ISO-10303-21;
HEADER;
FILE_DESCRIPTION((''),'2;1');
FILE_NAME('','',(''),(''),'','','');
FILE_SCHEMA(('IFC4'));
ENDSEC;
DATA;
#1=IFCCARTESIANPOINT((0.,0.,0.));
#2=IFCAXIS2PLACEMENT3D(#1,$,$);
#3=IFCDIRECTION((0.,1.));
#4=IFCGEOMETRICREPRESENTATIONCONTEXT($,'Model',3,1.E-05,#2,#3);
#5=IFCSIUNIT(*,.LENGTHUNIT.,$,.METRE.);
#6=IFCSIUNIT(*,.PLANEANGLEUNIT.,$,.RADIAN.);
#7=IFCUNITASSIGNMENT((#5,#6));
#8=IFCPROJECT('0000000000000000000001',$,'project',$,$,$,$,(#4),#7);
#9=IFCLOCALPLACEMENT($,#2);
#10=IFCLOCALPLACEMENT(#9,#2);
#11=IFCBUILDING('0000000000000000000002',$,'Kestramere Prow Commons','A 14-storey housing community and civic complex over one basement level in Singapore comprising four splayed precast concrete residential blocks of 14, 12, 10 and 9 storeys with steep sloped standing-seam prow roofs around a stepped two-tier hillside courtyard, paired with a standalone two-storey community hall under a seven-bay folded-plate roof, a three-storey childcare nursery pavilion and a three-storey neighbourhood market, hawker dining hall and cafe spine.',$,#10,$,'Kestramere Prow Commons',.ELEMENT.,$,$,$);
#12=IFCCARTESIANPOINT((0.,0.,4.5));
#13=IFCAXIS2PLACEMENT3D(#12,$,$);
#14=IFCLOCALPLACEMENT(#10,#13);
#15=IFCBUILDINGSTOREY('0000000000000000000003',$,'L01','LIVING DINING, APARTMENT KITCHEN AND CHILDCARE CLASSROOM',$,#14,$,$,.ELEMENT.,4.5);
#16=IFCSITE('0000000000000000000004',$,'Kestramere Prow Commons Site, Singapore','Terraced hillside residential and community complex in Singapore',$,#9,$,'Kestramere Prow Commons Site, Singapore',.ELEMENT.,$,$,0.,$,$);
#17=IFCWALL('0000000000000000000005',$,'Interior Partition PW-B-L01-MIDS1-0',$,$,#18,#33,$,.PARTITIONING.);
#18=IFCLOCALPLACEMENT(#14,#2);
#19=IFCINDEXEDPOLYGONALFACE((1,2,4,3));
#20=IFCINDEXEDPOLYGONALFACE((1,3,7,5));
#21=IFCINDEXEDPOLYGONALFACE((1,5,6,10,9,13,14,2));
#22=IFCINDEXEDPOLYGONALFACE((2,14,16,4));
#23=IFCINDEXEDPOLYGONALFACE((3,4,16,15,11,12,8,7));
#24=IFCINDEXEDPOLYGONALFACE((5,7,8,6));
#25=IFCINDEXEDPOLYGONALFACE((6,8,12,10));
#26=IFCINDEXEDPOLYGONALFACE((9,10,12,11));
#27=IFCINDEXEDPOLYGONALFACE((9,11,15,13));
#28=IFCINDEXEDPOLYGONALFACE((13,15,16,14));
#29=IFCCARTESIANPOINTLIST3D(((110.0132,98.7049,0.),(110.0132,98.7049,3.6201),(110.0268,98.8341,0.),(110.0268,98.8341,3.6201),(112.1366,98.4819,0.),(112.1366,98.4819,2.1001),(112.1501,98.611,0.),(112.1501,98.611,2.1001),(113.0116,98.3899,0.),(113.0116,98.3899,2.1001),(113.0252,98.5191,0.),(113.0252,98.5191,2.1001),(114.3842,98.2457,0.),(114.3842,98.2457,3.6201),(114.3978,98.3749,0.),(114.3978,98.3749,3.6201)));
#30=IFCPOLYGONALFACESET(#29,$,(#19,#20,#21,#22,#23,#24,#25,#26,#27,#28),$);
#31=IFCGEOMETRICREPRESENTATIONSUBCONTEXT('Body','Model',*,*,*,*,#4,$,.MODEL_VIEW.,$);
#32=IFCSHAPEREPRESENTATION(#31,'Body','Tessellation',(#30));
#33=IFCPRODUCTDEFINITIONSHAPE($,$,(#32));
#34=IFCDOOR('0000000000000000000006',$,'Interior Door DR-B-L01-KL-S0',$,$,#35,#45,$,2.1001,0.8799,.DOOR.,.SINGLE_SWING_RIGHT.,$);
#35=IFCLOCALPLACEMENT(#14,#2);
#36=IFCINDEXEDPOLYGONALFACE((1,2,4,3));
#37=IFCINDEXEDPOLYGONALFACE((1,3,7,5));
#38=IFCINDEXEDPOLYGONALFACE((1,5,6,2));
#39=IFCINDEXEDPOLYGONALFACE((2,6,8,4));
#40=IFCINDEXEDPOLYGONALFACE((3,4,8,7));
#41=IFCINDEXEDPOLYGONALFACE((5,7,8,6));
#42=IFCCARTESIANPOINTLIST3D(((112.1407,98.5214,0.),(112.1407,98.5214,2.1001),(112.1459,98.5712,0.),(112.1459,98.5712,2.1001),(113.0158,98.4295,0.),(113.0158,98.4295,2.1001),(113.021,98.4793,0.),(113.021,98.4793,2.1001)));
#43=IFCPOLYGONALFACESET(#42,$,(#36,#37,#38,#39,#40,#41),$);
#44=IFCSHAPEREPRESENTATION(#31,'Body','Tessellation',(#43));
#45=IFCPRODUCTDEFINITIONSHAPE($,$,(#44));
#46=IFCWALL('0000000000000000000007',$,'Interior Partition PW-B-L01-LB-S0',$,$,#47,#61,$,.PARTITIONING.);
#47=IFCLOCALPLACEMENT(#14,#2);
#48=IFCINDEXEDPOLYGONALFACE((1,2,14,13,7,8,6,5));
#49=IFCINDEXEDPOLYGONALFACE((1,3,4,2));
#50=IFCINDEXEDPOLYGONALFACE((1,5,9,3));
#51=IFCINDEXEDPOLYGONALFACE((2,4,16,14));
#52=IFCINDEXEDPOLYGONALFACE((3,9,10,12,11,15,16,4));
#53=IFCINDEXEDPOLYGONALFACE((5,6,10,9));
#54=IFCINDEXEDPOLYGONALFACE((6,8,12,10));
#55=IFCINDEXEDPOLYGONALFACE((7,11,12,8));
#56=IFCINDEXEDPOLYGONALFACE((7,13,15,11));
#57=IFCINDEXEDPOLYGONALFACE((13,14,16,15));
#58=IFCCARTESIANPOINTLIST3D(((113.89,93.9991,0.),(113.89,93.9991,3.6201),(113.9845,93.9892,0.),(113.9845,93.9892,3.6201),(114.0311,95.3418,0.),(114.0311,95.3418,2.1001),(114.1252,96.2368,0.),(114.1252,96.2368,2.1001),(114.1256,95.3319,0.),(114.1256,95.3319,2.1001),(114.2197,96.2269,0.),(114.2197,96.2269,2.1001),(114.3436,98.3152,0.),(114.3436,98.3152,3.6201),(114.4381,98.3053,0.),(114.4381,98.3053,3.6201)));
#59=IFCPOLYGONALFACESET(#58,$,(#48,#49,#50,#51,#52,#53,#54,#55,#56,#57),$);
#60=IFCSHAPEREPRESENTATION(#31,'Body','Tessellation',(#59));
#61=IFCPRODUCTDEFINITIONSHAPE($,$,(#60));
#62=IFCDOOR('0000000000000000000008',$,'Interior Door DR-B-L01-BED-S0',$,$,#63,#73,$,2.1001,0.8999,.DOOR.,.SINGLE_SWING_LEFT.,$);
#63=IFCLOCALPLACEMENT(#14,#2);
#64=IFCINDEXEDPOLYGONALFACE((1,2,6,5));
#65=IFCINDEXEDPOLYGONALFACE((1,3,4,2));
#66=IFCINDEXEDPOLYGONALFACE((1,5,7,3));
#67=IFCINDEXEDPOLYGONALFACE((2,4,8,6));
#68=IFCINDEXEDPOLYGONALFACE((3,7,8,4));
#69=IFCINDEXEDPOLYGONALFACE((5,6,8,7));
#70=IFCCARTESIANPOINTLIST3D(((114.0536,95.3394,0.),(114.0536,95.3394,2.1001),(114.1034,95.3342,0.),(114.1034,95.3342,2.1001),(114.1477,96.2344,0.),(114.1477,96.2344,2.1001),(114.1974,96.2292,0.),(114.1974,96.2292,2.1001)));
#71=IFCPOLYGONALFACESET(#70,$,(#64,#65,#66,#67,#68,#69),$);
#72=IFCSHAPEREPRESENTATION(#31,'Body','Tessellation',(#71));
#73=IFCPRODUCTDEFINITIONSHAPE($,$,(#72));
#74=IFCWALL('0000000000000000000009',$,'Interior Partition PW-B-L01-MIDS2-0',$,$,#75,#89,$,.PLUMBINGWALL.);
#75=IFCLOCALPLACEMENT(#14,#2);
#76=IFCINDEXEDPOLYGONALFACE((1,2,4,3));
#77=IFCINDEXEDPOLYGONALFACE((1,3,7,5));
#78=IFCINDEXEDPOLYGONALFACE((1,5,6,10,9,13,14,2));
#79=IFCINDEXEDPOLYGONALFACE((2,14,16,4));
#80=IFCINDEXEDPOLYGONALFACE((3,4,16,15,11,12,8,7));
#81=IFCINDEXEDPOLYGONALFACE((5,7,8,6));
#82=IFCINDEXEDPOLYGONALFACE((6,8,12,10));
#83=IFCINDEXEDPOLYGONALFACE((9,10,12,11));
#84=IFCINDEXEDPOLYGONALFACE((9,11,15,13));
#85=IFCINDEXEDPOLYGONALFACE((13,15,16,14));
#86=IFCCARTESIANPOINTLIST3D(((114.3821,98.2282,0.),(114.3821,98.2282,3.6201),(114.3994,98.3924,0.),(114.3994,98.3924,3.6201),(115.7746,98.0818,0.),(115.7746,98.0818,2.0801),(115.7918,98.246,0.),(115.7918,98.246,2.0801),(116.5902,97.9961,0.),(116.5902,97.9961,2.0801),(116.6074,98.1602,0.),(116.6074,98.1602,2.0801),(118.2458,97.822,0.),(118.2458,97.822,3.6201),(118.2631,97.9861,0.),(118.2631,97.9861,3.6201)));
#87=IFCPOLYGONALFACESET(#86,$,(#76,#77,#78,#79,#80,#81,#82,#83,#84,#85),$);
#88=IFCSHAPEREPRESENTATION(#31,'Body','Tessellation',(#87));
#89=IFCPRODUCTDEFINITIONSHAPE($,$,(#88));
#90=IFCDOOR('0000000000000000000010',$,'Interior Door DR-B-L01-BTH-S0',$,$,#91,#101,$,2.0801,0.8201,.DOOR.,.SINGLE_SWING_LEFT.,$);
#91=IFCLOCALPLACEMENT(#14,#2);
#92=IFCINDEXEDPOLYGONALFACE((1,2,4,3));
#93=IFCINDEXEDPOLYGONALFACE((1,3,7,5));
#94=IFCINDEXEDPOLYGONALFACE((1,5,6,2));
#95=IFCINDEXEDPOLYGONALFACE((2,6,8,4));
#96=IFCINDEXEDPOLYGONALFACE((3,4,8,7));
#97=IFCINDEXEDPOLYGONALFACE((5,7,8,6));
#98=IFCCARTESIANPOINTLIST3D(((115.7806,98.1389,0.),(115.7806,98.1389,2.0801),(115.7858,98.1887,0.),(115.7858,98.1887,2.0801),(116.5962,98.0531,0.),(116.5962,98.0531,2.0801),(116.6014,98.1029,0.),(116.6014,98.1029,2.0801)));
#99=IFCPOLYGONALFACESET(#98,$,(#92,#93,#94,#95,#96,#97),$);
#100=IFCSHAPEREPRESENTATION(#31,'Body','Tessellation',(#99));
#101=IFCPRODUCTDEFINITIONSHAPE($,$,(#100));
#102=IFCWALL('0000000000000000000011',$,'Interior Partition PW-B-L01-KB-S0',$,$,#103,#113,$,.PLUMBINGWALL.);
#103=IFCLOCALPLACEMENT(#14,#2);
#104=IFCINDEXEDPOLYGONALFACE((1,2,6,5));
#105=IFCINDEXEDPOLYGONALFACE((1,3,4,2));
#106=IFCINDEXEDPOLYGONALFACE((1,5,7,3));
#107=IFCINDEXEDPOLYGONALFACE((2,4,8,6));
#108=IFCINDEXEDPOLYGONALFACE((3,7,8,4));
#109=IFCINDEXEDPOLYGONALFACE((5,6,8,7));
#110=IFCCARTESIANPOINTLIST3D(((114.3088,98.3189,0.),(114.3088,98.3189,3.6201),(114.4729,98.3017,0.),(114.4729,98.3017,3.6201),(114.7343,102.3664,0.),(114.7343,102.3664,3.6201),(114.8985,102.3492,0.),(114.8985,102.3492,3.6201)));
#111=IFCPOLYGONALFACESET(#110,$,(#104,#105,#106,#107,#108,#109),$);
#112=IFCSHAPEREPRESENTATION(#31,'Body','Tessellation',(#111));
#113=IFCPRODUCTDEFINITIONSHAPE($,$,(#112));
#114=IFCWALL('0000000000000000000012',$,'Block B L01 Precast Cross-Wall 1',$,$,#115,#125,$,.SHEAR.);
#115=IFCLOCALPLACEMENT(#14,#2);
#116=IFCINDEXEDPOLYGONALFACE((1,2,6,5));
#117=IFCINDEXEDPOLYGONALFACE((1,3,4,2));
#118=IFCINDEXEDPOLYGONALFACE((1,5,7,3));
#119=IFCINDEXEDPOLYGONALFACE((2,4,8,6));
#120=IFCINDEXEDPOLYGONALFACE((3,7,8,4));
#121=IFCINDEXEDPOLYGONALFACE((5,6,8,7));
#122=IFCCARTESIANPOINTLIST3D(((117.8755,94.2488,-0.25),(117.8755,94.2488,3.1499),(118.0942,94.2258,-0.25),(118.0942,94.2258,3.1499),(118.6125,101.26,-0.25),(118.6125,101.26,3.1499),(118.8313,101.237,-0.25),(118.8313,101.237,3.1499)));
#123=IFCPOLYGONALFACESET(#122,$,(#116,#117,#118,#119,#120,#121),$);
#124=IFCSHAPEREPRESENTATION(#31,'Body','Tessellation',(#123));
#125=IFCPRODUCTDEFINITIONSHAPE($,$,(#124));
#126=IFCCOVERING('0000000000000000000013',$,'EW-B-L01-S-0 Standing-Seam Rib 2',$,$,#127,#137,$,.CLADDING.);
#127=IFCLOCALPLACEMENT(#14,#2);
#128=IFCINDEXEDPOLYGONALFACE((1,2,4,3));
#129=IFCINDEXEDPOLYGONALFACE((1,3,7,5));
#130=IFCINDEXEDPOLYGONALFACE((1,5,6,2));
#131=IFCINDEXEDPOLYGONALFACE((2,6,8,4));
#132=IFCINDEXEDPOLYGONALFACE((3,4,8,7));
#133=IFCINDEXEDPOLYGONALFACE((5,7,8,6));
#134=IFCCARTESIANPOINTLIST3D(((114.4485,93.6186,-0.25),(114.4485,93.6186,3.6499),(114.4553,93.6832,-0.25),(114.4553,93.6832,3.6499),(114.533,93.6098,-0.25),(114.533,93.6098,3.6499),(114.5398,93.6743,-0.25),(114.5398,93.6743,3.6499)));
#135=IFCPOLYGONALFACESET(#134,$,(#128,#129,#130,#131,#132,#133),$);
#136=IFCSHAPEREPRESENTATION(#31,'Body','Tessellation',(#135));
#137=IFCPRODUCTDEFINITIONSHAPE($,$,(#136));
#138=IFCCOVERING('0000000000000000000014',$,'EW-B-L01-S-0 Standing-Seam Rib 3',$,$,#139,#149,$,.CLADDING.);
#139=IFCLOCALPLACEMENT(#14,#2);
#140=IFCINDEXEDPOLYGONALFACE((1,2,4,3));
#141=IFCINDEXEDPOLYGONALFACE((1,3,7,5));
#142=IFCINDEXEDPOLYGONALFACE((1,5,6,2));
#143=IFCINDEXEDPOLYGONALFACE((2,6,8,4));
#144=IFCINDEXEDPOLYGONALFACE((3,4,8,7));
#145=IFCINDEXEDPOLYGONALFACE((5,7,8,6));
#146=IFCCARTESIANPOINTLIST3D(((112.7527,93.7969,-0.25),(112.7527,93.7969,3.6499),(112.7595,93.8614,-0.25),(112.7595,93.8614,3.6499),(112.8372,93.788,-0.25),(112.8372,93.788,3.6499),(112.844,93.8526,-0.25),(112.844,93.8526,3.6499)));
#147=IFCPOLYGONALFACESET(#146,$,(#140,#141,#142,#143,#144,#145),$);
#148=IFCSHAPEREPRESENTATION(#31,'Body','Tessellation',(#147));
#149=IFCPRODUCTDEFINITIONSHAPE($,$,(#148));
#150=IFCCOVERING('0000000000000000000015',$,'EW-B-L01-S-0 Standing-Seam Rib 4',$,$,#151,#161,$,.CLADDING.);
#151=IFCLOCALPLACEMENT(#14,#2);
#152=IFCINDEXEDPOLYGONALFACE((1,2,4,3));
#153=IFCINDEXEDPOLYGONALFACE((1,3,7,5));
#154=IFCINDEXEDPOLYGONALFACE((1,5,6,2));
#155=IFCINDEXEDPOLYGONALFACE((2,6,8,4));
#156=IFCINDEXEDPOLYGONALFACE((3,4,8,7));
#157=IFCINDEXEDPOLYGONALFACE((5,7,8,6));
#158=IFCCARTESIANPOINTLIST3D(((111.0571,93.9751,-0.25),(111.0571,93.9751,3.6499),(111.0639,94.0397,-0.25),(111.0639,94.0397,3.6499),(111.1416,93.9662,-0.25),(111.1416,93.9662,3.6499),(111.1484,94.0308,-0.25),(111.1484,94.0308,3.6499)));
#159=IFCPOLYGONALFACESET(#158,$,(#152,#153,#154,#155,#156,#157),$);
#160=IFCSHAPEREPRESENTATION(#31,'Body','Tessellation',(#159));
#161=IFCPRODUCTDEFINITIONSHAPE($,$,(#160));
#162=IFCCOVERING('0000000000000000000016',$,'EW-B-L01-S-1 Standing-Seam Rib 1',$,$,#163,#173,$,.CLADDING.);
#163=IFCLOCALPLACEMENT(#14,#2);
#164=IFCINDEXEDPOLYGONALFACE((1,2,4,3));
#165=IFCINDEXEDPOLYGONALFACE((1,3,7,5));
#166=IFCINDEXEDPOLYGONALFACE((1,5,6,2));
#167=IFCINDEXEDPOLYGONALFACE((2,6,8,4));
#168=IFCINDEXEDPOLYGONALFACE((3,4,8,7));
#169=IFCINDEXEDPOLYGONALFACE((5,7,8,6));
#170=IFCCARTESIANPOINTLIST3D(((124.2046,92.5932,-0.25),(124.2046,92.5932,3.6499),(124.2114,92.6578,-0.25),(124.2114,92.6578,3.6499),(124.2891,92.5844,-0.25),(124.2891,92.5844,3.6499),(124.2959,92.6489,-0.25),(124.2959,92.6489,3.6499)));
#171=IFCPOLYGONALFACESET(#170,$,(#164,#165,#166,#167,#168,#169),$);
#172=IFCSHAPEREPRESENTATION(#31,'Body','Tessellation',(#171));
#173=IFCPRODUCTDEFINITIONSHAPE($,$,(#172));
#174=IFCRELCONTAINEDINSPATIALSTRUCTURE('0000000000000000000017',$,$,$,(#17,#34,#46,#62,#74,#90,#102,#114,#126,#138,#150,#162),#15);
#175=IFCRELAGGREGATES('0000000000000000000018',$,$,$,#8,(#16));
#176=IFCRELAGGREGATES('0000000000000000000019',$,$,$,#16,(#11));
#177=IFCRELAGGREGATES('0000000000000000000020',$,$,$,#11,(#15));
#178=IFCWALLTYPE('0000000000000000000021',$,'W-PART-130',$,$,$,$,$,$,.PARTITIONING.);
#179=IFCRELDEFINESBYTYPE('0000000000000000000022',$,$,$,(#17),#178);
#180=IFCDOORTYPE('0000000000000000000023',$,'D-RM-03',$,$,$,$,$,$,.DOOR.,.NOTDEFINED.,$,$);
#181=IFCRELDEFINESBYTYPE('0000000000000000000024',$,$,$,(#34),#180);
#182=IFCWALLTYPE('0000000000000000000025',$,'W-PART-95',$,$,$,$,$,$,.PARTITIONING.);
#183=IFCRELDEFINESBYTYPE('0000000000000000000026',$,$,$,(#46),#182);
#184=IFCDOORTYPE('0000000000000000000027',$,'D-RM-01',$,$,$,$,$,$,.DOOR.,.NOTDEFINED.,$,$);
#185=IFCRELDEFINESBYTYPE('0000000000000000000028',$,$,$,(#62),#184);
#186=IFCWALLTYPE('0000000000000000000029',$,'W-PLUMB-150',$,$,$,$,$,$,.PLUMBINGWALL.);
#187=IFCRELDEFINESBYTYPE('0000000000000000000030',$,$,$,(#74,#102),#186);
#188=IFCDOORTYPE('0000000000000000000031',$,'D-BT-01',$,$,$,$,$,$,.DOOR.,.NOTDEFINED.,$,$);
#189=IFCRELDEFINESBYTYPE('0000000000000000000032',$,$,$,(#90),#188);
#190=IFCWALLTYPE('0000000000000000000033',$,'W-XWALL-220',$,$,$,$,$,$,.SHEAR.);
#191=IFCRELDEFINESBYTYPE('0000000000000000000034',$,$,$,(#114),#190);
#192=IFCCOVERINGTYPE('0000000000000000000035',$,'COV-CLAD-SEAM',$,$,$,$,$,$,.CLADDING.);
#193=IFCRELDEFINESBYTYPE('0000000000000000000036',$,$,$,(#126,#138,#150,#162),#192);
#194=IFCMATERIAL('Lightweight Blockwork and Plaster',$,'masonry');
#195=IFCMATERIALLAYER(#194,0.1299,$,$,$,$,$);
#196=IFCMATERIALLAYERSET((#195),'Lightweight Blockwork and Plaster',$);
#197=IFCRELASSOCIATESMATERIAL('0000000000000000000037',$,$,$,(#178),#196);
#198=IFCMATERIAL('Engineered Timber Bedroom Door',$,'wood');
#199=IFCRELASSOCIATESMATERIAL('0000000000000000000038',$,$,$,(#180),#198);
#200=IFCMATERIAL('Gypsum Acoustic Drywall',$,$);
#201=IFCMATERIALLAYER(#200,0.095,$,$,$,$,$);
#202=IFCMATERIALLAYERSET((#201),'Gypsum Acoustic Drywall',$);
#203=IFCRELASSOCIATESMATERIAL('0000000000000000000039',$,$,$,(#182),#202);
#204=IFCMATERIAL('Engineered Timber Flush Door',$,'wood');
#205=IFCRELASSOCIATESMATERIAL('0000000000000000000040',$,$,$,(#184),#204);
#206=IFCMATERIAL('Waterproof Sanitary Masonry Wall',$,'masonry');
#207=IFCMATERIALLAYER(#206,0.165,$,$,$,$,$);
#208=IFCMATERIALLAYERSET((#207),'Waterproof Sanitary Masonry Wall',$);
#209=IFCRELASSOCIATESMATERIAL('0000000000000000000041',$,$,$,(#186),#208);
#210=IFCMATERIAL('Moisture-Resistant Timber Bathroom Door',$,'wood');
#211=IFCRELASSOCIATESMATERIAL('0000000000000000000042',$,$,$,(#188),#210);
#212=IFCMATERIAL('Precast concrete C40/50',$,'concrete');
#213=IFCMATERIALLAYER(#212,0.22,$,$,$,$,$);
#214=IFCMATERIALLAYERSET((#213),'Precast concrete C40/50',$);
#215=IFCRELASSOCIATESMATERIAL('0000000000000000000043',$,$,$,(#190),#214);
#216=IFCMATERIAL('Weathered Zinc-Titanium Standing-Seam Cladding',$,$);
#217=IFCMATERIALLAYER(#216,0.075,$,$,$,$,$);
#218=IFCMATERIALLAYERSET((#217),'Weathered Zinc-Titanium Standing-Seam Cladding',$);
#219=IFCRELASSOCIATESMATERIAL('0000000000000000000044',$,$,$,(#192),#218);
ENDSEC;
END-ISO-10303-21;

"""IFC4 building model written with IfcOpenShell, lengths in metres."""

from ifc_helpers import new_model, si_unit, direction, frame, frame_2d, origin, origin_2d, place, context, subcontext, project, spatial, rectangle, extrude, material, layer, layer_set, type_object, element, fill, save


model = new_model("IFC4")

# Units and contexts
model_context = context("Model", 3, precision=1e-05, world=origin(), true_north=direction((0.0, 1.0)))
body_context = subcontext(model_context, "Body", "Model", "MODEL_VIEW")
ifc_project = project(units=[si_unit("LENGTHUNIT", "METRE"), si_unit("PLANEANGLEUNIT", "RADIAN")], contexts=[model_context])

# Site, building, storey
site_placement = place(None, origin())
site = spatial("IfcSite", under=ifc_project, at=site_placement, Name="Kestramere Prow Commons Site, Singapore", Description="Terraced hillside residential and community complex in Singapore", LongName="Kestramere Prow Commons Site, Singapore", CompositionType="ELEMENT", RefElevation=0.0)
building_placement = place(site_placement, origin())
building = spatial("IfcBuilding", under=site, at=building_placement, Name="Kestramere Prow Commons", Description="A 14-storey housing community and civic complex over one basement level in Singapore comprising four splayed precast concrete residential blocks of 14, 12, 10 and 9 storeys with steep sloped standing-seam prow roofs around a stepped two-tier hillside courtyard, paired with a standalone two-storey community hall under a seven-bay folded-plate roof, a three-storey childcare nursery pavilion and a three-storey neighbourhood market, hawker dining hall and cafe spine.", LongName="Kestramere Prow Commons", CompositionType="ELEMENT")
storey_placement = place(building_placement, frame((0.0, 0.0, 4.5)))
storey = spatial("IfcBuildingStorey", under=building, at=storey_placement, Name="L01", Description="LIVING DINING, APARTMENT KITCHEN AND CHILDCARE CLASSROOM", CompositionType="ELEMENT", Elevation=4.5)

# Shared definitions
ifc_material_1 = material(Name="Precast concrete C40/50", Category="concrete")

# Walls, openings, doors
ifc_material_2 = material(Name="Lightweight Blockwork and Plaster", Category="masonry")
ifc_layer_1 = layer(ifc_material_2, 0.1299)
ifc_layer_set_1 = layer_set([ifc_layer_1], Name="Lightweight Blockwork and Plaster")
wall_type_1 = type_object("IfcWallType", Name="W-PART-130", PredefinedType="PARTITIONING", material=ifc_layer_set_1)
wall_1_placement = place(storey_placement, frame((110.02, 98.7695, 0.0), z_axis=(0.0, 0.0, 1.0), x_axis=(0.994526, -0.104491, 0.0)))
wall_1 = element("IfcWall", 1, at=wall_1_placement, inside=storey, type_object=wall_type_1, Name="Interior Partition PW-B-L01-MIDS1-0", PredefinedType="PARTITIONING", context=body_context, shape_type="SweptSolid", body=[
    extrude(rectangle(XDim=4.395, YDim=0.1299, at=frame_2d((2.1975, 0.0))), origin(), (0.0, 0.0, 1.0), 3.6201),
])
opening_1_placement = place(wall_1_placement, frame((2.135, 0.0, 0.0)))
opening_1 = element("IfcOpeningElement", 2, at=opening_1_placement, cuts=wall_1, PredefinedType="OPENING", context=body_context, shape_type="SweptSolid", body=[
    extrude(rectangle(XDim=0.8799, YDim=2.1001, at=frame_2d((0.4399, 1.05))), frame((0.0, 0.0798, 0.0), z_axis=(0.0, -1.0, 0.0), x_axis=(1.0, 0.0, 0.0)), (0.0, 0.0, 1.0), 0.1599),
])
ifc_material_3 = material(Name="Engineered Timber Bedroom Door", Category="wood")
door_type_1 = type_object("IfcDoorType", Name="D-RM-03", OperationType="NOTDEFINED", PredefinedType="DOOR", material=ifc_material_3)
door_1_placement = place(opening_1_placement, origin())
door_1 = element("IfcDoor", 3, at=door_1_placement, inside=storey, type_object=door_type_1, Name="Interior Door DR-B-L01-KL-S0", OperationType="SINGLE_SWING_RIGHT", OverallHeight=2.1001, OverallWidth=0.8799, PredefinedType="DOOR", context=body_context, shape_type="SweptSolid", body=[
    extrude(rectangle(XDim=0.8799, YDim=2.1001, at=frame_2d((0.4399, 1.05))), frame((0.0, 0.0249, 0.0), z_axis=(0.0, -1.0, 0.0), x_axis=(1.0, 0.0, 0.0)), (0.0, 0.0, 1.0), 0.05),
])
fill(opening_1, door_1)
ifc_material_4 = material(Name="Gypsum Acoustic Drywall")
ifc_layer_2 = layer(ifc_material_4, 0.095)
ifc_layer_set_2 = layer_set([ifc_layer_2], Name="Gypsum Acoustic Drywall")
wall_type_2 = type_object("IfcWallType", Name="W-PART-95", PredefinedType="PARTITIONING", material=ifc_layer_set_2)
wall_2_placement = place(storey_placement, frame((113.9373, 93.9941, 0.0), z_axis=(0.0, 0.0, 1.0), x_axis=(0.104521, 0.994523, 0.0)))
wall_2 = element("IfcWall", 4, at=wall_2_placement, inside=storey, type_object=wall_type_2, Name="Interior Partition PW-B-L01-LB-S0", PredefinedType="PARTITIONING", context=body_context, shape_type="SweptSolid", body=[
    extrude(rectangle(XDim=4.3398, YDim=0.095, at=frame_2d((2.1699, 0.0))), origin(), (0.0, 0.0, 1.0), 3.6201),
])
opening_2_placement = place(wall_2_placement, frame((1.3501, 0.0, 0.0)))
opening_2 = element("IfcOpeningElement", 5, at=opening_2_placement, cuts=wall_2, PredefinedType="OPENING", context=body_context, shape_type="SweptSolid", body=[
    extrude(rectangle(XDim=0.8999, YDim=2.1001, at=frame_2d((0.45, 1.05))), frame((0.0, 0.0625, 0.0), z_axis=(0.0, -1.0, 0.0), x_axis=(1.0, 0.0, 0.0)), (0.0, 0.0, 1.0), 0.125),
])
ifc_material_5 = material(Name="Engineered Timber Flush Door", Category="wood")
door_type_2 = type_object("IfcDoorType", Name="D-RM-01", OperationType="NOTDEFINED", PredefinedType="DOOR", material=ifc_material_5)
door_2_placement = place(opening_2_placement, origin())
door_2 = element("IfcDoor", 6, at=door_2_placement, inside=storey, type_object=door_type_2, Name="Interior Door DR-B-L01-BED-S0", OperationType="SINGLE_SWING_LEFT", OverallHeight=2.1001, OverallWidth=0.8999, PredefinedType="DOOR", context=body_context, shape_type="SweptSolid", body=[
    extrude(rectangle(XDim=0.8999, YDim=2.1001, at=frame_2d((0.45, 1.05))), frame((0.0, 0.0249, 0.0), z_axis=(0.0, -1.0, 0.0), x_axis=(1.0, 0.0, 0.0)), (0.0, 0.0, 1.0), 0.05),
])
fill(opening_2, door_2)
ifc_material_6 = material(Name="Waterproof Sanitary Masonry Wall", Category="masonry")
ifc_layer_3 = layer(ifc_material_6, 0.165)
ifc_layer_set_3 = layer_set([ifc_layer_3], Name="Waterproof Sanitary Masonry Wall")
wall_type_3 = type_object("IfcWallType", Name="W-PLUMB-150", PredefinedType="PLUMBINGWALL", material=ifc_layer_set_3)
wall_3_placement = place(storey_placement, frame((114.3909, 98.3103, 0.0), z_axis=(0.0, 0.0, 1.0), x_axis=(0.994518, -0.104567, 0.0)))
wall_3 = element("IfcWall", 7, at=wall_3_placement, inside=storey, type_object=wall_type_3, Name="Interior Partition PW-B-L01-MIDS2-0", PredefinedType="PLUMBINGWALL", context=body_context, shape_type="SweptSolid", body=[
    extrude(rectangle(XDim=3.885, YDim=0.165, at=frame_2d((1.9424, 0.0))), origin(), (0.0, 0.0, 1.0), 3.6201),
])
opening_3_placement = place(wall_3_placement, frame((1.3999, 0.0, 0.0)))
opening_3 = element("IfcOpeningElement", 8, at=opening_3_placement, cuts=wall_3, PredefinedType="OPENING", context=body_context, shape_type="SweptSolid", body=[
    extrude(rectangle(XDim=0.8201, YDim=2.0801, at=frame_2d((0.4102, 1.04))), frame((0.0, 0.0974, 0.0), z_axis=(0.0, -1.0, 0.0), x_axis=(1.0, 0.0, 0.0)), (0.0, 0.0, 1.0), 0.1951),
])
ifc_material_7 = material(Name="Moisture-Resistant Timber Bathroom Door", Category="wood")
door_type_3 = type_object("IfcDoorType", Name="D-BT-01", OperationType="NOTDEFINED", PredefinedType="DOOR", material=ifc_material_7)
door_3_placement = place(opening_3_placement, origin())
door_3 = element("IfcDoor", 9, at=door_3_placement, inside=storey, type_object=door_type_3, Name="Interior Door DR-B-L01-BTH-S0", OperationType="SINGLE_SWING_LEFT", OverallHeight=2.0801, OverallWidth=0.8201, PredefinedType="DOOR", context=body_context, shape_type="SweptSolid", body=[
    extrude(rectangle(XDim=0.8201, YDim=2.0801, at=frame_2d((0.4102, 1.04))), frame((0.0, 0.0249, 0.0), z_axis=(0.0, -1.0, 0.0), x_axis=(1.0, 0.0, 0.0)), (0.0, 0.0, 1.0), 0.05),
])
fill(opening_3, door_3)

# Walls
wall_4_placement = place(storey_placement, frame((114.3909, 98.3103, 0.0), z_axis=(0.0, 0.0, 1.0), x_axis=(0.104557, 0.994519, 0.0)))
element("IfcWall", 10, at=wall_4_placement, inside=storey, type_object=wall_type_3, Name="Interior Partition PW-B-L01-KB-S0", PredefinedType="PLUMBINGWALL", context=body_context, shape_type="SweptSolid", body=[
    extrude(rectangle(XDim=4.0698, YDim=0.165, at=frame_2d((2.0349, 0.0))), origin(), (0.0, 0.0, 1.0), 3.6201),
])
ifc_layer_4 = layer(ifc_material_1, 0.22)
ifc_layer_set_4 = layer_set([ifc_layer_4], Name="Precast concrete C40/50")
wall_type_4 = type_object("IfcWallType", Name="W-XWALL-220", PredefinedType="SHEAR", material=ifc_layer_set_4)
wall_5_placement = place(storey_placement, frame((117.9849, 94.2373, -0.25), z_axis=(0.0, 0.0, 1.0), x_axis=(0.10455, 0.99452, 0.0)))
element("IfcWall", 11, at=wall_5_placement, inside=storey, type_object=wall_type_4, Name="Block B L01 Precast Cross-Wall 1", PredefinedType="SHEAR", context=body_context, shape_type="SweptSolid", body=[
    extrude(rectangle(XDim=7.0498, YDim=0.22, at=frame_2d((3.5249, 0.0))), origin(), (0.0, 0.0, 1.0), 3.3999),
])

# Coverings
ifc_material_8 = material(Name="Weathered Zinc-Titanium Standing-Seam Cladding")
ifc_layer_5 = layer(ifc_material_8, 0.075)
ifc_layer_set_5 = layer_set([ifc_layer_5], Name="Weathered Zinc-Titanium Standing-Seam Cladding")
covering_type = type_object("IfcCoveringType", Name="COV-CLAD-SEAM", PredefinedType="CLADDING", material=ifc_layer_set_5)
for number, where, z_axis, x_axis, name in (
    (12, (114.4941, 93.6465, -0.25), (0.0, 0.0, 1.0), (-0.994522, 0.104528, 0.0), "EW-B-L01-S-0 Standing-Seam Rib 2"),
    (13, (112.7983, 93.8247, -0.25), (0.0, 0.0, 1.0), (-0.994522, 0.104528, 0.0), "EW-B-L01-S-0 Standing-Seam Rib 3"),
    (14, (111.1028, 94.0029, -0.25), (0.0, 0.0, 1.0), (-0.994522, 0.104528, 0.0), "EW-B-L01-S-0 Standing-Seam Rib 4"),
    (15, (124.2502, 92.6211, -0.25), (0.0, 0.0, 1.0), (-0.994522, 0.104528, 0.0), "EW-B-L01-S-1 Standing-Seam Rib 1"),
):
    element("IfcCovering", number, at=place(storey_placement, frame(where, z_axis=z_axis, x_axis=x_axis)), inside=storey, type_object=covering_type, Name=name, PredefinedType="CLADDING", context=body_context, shape_type="SweptSolid", body=[
        extrude(rectangle(XDim=0.085, YDim=0.0649, at=origin_2d()), origin(), (0.0, 0.0, 1.0), 3.8999),
    ])

save(model, "model.ifc")
